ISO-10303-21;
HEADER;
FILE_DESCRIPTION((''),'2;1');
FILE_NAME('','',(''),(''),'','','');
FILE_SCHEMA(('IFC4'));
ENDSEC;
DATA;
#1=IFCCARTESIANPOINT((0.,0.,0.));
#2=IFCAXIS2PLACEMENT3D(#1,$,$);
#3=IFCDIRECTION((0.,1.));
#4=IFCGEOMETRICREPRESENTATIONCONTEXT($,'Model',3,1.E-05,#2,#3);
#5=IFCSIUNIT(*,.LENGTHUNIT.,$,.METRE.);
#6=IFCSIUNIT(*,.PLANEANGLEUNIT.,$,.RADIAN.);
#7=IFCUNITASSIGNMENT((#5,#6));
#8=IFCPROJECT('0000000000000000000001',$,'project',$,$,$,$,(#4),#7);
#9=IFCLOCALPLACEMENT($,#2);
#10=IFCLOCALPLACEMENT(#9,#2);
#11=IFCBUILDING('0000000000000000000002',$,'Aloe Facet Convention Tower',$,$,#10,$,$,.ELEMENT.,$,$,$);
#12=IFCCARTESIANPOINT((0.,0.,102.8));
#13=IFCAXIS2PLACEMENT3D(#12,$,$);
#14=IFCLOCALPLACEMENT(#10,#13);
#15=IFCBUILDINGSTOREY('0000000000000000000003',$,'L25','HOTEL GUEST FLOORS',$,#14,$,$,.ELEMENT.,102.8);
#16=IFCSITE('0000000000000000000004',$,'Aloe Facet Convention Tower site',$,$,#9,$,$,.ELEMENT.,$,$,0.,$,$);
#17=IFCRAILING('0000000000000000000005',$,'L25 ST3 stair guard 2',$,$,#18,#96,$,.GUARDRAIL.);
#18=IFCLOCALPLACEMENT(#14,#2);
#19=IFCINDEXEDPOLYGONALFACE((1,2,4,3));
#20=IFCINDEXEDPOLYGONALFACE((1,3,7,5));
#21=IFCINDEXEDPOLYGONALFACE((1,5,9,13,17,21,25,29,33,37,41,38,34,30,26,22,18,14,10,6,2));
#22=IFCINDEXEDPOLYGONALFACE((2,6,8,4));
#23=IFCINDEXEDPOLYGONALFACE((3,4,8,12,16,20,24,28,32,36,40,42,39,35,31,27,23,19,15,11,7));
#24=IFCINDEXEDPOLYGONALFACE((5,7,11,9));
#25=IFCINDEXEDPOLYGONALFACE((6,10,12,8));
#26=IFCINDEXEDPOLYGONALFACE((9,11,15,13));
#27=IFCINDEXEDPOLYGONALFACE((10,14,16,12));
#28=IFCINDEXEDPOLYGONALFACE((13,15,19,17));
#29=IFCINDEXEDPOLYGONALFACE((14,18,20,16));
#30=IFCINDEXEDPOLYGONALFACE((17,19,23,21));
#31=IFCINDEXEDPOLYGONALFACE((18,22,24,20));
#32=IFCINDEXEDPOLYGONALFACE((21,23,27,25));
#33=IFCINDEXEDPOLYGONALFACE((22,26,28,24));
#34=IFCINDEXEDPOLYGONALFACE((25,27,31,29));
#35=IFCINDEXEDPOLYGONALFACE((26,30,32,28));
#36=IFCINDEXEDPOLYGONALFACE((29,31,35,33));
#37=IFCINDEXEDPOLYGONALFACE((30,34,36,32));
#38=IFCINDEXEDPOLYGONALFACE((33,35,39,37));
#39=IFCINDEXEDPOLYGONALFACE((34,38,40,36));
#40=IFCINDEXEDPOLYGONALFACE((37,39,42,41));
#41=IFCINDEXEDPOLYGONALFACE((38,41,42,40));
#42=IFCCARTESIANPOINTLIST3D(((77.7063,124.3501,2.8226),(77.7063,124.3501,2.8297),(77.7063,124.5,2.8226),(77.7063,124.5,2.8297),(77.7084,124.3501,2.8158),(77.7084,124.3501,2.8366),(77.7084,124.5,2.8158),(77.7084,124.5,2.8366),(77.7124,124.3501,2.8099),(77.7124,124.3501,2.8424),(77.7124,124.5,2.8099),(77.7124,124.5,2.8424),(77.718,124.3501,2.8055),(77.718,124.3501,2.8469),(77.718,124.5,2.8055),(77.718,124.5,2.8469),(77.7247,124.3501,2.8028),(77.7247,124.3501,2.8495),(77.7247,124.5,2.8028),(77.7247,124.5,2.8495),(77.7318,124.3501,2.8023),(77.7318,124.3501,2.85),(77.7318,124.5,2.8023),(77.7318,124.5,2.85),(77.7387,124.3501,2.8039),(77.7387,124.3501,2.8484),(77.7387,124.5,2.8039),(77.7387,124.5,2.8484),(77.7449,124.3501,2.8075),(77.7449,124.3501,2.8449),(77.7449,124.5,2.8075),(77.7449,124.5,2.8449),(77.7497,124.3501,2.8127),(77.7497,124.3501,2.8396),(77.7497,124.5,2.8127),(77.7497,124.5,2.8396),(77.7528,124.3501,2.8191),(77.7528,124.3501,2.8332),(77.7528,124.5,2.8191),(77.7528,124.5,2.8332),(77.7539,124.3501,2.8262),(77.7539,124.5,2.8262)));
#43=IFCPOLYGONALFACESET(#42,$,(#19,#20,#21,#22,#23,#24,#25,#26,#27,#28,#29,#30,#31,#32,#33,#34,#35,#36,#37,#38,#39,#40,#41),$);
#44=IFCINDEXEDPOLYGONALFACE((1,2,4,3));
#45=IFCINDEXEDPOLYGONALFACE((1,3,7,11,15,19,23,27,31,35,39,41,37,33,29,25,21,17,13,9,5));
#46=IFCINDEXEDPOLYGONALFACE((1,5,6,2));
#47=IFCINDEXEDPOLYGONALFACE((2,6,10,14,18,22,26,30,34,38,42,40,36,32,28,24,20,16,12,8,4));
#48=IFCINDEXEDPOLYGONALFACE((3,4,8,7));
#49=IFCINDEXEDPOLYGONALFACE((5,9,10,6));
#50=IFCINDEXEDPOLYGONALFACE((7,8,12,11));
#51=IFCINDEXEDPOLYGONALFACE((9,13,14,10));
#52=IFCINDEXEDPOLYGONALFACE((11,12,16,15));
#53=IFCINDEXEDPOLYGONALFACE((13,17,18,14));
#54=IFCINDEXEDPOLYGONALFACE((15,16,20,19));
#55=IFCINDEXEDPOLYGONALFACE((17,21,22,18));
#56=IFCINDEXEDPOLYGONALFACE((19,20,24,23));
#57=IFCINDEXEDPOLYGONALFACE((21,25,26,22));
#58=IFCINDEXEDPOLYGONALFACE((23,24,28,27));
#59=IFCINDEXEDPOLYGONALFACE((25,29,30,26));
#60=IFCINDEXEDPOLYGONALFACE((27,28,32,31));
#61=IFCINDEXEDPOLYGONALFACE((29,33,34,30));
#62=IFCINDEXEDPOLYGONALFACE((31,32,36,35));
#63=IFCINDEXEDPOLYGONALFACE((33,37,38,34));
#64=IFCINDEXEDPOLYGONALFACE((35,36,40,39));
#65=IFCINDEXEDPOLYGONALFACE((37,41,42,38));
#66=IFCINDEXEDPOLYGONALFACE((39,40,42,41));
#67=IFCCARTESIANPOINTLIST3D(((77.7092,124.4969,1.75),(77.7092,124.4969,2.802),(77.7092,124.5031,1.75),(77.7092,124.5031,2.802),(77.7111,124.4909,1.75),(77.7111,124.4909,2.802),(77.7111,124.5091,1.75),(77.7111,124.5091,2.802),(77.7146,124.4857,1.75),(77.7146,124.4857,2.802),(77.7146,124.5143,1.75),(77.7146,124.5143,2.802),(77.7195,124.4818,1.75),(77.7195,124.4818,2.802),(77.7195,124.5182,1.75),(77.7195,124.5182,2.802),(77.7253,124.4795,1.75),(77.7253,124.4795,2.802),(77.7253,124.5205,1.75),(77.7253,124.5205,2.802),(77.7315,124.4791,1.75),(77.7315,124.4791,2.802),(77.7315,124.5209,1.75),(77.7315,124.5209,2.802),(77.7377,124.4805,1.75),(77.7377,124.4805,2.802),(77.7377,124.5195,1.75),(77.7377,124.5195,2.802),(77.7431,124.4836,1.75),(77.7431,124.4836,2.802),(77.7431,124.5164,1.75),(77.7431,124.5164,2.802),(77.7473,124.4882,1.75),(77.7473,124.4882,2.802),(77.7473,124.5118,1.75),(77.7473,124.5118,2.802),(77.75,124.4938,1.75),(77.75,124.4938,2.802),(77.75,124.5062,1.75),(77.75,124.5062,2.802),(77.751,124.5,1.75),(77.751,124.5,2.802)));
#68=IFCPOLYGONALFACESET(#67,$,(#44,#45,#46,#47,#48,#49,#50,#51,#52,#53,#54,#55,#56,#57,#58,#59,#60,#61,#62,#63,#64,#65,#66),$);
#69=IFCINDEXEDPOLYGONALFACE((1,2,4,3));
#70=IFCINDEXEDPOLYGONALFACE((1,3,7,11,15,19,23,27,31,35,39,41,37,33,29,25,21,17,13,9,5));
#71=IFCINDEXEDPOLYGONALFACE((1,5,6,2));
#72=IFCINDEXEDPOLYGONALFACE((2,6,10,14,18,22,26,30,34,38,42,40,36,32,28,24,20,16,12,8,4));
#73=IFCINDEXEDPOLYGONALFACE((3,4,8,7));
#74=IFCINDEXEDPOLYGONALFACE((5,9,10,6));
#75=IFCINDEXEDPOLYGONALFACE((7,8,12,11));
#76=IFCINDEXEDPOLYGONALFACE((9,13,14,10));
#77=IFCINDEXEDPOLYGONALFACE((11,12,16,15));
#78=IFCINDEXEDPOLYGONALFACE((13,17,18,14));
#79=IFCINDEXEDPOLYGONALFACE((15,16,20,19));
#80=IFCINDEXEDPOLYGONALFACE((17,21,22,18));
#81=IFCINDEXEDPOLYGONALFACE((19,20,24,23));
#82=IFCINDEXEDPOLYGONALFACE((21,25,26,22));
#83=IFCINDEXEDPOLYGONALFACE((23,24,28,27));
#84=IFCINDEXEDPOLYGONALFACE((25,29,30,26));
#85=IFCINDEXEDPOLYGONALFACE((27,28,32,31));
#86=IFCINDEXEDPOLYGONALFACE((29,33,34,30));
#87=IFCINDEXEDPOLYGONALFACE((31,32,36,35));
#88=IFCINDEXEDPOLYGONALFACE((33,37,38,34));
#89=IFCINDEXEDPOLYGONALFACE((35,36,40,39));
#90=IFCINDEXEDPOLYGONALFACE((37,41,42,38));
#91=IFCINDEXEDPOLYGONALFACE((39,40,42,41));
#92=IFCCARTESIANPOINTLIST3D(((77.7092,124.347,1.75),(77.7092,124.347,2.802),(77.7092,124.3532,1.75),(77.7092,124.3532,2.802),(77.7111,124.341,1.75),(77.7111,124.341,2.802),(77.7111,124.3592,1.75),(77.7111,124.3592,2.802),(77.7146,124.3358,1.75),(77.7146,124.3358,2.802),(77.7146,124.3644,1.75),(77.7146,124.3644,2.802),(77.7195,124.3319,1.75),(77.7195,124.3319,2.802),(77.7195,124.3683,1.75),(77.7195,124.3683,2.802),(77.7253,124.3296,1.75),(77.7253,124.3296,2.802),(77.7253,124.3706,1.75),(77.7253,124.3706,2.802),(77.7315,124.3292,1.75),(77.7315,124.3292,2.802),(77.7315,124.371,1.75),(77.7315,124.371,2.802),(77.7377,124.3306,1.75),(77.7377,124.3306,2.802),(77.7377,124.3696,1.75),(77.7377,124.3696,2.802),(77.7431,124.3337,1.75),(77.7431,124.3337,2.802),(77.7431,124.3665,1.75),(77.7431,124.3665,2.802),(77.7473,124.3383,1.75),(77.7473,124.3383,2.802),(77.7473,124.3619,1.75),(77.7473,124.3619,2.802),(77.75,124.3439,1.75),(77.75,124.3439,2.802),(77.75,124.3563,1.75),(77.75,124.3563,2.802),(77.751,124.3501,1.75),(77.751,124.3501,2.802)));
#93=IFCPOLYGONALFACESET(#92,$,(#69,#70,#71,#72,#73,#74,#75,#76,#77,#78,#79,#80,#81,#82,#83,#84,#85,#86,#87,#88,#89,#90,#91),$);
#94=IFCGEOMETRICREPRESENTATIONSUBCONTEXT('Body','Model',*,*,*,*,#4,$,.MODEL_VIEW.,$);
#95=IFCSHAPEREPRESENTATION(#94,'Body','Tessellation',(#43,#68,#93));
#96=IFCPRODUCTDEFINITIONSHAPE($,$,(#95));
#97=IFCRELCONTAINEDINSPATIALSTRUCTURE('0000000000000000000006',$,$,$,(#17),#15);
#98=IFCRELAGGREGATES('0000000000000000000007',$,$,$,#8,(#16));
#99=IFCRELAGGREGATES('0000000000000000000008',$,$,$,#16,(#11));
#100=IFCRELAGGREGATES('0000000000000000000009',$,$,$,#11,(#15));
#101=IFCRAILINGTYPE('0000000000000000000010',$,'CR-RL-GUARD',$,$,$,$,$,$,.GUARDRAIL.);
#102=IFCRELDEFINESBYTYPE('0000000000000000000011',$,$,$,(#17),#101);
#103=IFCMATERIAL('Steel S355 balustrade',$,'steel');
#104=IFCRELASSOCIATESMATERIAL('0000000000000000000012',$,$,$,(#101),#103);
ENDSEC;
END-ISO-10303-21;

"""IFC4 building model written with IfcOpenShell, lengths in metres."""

from ifc_helpers import new_model, si_unit, direction, frame, origin, origin_2d, place, context, subcontext, project, spatial, circle, extrude, material, type_object, element, save


model = new_model("IFC4")

# Units and contexts
model_context = context("Model", 3, precision=1e-05, world=origin(), true_north=direction((0.0, 1.0)))
body_context = subcontext(model_context, "Body", "Model", "MODEL_VIEW")
ifc_project = project(units=[si_unit("LENGTHUNIT", "METRE"), si_unit("PLANEANGLEUNIT", "RADIAN")], contexts=[model_context])

# Site, building, storey
site_placement = place(None, origin())
site = spatial("IfcSite", under=ifc_project, at=site_placement, Name="Aloe Facet Convention Tower site", CompositionType="ELEMENT", RefElevation=0.0)
building_placement = place(site_placement, origin())
building = spatial("IfcBuilding", under=site, at=building_placement, Name="Aloe Facet Convention Tower", CompositionType="ELEMENT")
storey_placement = place(building_placement, frame((0.0, 0.0, 102.8)))
storey = spatial("IfcBuildingStorey", under=building, at=storey_placement, Name="L25", Description="HOTEL GUEST FLOORS", CompositionType="ELEMENT", Elevation=102.8)

# Railing
ifc_material_1 = material(Name="Steel S355 balustrade", Category="steel")
railing_type_1 = type_object("IfcRailingType", Name="CR-RL-GUARD", PredefinedType="GUARDRAIL", material=ifc_material_1)
railing_1_placement = place(storey_placement, frame((77.73, 124.5, 1.75)))
element("IfcRailing", 1, at=railing_1_placement, inside=storey, type_object=railing_type_1, Name="L25 ST3 stair guard 2", PredefinedType="GUARDRAIL", context=body_context, shape_type="SweptSolid", body=[
    extrude(circle(Radius=0.0239, at=origin_2d()), frame((0.0, 0.0, 1.0762), z_axis=(0.0, -1.0, 0.0), x_axis=(1.0, 0.0, 0.0)), (0.0, 0.0, 1.0), 0.1499),
    extrude(circle(Radius=0.021, at=origin_2d()), origin(), (0.0, 0.0, 1.0), 1.052),
    extrude(circle(Radius=0.021, at=origin_2d()), frame((0.0, -0.1499, 0.0)), (0.0, 0.0, 1.0), 1.052),
])

save(model, "model.ifc")
